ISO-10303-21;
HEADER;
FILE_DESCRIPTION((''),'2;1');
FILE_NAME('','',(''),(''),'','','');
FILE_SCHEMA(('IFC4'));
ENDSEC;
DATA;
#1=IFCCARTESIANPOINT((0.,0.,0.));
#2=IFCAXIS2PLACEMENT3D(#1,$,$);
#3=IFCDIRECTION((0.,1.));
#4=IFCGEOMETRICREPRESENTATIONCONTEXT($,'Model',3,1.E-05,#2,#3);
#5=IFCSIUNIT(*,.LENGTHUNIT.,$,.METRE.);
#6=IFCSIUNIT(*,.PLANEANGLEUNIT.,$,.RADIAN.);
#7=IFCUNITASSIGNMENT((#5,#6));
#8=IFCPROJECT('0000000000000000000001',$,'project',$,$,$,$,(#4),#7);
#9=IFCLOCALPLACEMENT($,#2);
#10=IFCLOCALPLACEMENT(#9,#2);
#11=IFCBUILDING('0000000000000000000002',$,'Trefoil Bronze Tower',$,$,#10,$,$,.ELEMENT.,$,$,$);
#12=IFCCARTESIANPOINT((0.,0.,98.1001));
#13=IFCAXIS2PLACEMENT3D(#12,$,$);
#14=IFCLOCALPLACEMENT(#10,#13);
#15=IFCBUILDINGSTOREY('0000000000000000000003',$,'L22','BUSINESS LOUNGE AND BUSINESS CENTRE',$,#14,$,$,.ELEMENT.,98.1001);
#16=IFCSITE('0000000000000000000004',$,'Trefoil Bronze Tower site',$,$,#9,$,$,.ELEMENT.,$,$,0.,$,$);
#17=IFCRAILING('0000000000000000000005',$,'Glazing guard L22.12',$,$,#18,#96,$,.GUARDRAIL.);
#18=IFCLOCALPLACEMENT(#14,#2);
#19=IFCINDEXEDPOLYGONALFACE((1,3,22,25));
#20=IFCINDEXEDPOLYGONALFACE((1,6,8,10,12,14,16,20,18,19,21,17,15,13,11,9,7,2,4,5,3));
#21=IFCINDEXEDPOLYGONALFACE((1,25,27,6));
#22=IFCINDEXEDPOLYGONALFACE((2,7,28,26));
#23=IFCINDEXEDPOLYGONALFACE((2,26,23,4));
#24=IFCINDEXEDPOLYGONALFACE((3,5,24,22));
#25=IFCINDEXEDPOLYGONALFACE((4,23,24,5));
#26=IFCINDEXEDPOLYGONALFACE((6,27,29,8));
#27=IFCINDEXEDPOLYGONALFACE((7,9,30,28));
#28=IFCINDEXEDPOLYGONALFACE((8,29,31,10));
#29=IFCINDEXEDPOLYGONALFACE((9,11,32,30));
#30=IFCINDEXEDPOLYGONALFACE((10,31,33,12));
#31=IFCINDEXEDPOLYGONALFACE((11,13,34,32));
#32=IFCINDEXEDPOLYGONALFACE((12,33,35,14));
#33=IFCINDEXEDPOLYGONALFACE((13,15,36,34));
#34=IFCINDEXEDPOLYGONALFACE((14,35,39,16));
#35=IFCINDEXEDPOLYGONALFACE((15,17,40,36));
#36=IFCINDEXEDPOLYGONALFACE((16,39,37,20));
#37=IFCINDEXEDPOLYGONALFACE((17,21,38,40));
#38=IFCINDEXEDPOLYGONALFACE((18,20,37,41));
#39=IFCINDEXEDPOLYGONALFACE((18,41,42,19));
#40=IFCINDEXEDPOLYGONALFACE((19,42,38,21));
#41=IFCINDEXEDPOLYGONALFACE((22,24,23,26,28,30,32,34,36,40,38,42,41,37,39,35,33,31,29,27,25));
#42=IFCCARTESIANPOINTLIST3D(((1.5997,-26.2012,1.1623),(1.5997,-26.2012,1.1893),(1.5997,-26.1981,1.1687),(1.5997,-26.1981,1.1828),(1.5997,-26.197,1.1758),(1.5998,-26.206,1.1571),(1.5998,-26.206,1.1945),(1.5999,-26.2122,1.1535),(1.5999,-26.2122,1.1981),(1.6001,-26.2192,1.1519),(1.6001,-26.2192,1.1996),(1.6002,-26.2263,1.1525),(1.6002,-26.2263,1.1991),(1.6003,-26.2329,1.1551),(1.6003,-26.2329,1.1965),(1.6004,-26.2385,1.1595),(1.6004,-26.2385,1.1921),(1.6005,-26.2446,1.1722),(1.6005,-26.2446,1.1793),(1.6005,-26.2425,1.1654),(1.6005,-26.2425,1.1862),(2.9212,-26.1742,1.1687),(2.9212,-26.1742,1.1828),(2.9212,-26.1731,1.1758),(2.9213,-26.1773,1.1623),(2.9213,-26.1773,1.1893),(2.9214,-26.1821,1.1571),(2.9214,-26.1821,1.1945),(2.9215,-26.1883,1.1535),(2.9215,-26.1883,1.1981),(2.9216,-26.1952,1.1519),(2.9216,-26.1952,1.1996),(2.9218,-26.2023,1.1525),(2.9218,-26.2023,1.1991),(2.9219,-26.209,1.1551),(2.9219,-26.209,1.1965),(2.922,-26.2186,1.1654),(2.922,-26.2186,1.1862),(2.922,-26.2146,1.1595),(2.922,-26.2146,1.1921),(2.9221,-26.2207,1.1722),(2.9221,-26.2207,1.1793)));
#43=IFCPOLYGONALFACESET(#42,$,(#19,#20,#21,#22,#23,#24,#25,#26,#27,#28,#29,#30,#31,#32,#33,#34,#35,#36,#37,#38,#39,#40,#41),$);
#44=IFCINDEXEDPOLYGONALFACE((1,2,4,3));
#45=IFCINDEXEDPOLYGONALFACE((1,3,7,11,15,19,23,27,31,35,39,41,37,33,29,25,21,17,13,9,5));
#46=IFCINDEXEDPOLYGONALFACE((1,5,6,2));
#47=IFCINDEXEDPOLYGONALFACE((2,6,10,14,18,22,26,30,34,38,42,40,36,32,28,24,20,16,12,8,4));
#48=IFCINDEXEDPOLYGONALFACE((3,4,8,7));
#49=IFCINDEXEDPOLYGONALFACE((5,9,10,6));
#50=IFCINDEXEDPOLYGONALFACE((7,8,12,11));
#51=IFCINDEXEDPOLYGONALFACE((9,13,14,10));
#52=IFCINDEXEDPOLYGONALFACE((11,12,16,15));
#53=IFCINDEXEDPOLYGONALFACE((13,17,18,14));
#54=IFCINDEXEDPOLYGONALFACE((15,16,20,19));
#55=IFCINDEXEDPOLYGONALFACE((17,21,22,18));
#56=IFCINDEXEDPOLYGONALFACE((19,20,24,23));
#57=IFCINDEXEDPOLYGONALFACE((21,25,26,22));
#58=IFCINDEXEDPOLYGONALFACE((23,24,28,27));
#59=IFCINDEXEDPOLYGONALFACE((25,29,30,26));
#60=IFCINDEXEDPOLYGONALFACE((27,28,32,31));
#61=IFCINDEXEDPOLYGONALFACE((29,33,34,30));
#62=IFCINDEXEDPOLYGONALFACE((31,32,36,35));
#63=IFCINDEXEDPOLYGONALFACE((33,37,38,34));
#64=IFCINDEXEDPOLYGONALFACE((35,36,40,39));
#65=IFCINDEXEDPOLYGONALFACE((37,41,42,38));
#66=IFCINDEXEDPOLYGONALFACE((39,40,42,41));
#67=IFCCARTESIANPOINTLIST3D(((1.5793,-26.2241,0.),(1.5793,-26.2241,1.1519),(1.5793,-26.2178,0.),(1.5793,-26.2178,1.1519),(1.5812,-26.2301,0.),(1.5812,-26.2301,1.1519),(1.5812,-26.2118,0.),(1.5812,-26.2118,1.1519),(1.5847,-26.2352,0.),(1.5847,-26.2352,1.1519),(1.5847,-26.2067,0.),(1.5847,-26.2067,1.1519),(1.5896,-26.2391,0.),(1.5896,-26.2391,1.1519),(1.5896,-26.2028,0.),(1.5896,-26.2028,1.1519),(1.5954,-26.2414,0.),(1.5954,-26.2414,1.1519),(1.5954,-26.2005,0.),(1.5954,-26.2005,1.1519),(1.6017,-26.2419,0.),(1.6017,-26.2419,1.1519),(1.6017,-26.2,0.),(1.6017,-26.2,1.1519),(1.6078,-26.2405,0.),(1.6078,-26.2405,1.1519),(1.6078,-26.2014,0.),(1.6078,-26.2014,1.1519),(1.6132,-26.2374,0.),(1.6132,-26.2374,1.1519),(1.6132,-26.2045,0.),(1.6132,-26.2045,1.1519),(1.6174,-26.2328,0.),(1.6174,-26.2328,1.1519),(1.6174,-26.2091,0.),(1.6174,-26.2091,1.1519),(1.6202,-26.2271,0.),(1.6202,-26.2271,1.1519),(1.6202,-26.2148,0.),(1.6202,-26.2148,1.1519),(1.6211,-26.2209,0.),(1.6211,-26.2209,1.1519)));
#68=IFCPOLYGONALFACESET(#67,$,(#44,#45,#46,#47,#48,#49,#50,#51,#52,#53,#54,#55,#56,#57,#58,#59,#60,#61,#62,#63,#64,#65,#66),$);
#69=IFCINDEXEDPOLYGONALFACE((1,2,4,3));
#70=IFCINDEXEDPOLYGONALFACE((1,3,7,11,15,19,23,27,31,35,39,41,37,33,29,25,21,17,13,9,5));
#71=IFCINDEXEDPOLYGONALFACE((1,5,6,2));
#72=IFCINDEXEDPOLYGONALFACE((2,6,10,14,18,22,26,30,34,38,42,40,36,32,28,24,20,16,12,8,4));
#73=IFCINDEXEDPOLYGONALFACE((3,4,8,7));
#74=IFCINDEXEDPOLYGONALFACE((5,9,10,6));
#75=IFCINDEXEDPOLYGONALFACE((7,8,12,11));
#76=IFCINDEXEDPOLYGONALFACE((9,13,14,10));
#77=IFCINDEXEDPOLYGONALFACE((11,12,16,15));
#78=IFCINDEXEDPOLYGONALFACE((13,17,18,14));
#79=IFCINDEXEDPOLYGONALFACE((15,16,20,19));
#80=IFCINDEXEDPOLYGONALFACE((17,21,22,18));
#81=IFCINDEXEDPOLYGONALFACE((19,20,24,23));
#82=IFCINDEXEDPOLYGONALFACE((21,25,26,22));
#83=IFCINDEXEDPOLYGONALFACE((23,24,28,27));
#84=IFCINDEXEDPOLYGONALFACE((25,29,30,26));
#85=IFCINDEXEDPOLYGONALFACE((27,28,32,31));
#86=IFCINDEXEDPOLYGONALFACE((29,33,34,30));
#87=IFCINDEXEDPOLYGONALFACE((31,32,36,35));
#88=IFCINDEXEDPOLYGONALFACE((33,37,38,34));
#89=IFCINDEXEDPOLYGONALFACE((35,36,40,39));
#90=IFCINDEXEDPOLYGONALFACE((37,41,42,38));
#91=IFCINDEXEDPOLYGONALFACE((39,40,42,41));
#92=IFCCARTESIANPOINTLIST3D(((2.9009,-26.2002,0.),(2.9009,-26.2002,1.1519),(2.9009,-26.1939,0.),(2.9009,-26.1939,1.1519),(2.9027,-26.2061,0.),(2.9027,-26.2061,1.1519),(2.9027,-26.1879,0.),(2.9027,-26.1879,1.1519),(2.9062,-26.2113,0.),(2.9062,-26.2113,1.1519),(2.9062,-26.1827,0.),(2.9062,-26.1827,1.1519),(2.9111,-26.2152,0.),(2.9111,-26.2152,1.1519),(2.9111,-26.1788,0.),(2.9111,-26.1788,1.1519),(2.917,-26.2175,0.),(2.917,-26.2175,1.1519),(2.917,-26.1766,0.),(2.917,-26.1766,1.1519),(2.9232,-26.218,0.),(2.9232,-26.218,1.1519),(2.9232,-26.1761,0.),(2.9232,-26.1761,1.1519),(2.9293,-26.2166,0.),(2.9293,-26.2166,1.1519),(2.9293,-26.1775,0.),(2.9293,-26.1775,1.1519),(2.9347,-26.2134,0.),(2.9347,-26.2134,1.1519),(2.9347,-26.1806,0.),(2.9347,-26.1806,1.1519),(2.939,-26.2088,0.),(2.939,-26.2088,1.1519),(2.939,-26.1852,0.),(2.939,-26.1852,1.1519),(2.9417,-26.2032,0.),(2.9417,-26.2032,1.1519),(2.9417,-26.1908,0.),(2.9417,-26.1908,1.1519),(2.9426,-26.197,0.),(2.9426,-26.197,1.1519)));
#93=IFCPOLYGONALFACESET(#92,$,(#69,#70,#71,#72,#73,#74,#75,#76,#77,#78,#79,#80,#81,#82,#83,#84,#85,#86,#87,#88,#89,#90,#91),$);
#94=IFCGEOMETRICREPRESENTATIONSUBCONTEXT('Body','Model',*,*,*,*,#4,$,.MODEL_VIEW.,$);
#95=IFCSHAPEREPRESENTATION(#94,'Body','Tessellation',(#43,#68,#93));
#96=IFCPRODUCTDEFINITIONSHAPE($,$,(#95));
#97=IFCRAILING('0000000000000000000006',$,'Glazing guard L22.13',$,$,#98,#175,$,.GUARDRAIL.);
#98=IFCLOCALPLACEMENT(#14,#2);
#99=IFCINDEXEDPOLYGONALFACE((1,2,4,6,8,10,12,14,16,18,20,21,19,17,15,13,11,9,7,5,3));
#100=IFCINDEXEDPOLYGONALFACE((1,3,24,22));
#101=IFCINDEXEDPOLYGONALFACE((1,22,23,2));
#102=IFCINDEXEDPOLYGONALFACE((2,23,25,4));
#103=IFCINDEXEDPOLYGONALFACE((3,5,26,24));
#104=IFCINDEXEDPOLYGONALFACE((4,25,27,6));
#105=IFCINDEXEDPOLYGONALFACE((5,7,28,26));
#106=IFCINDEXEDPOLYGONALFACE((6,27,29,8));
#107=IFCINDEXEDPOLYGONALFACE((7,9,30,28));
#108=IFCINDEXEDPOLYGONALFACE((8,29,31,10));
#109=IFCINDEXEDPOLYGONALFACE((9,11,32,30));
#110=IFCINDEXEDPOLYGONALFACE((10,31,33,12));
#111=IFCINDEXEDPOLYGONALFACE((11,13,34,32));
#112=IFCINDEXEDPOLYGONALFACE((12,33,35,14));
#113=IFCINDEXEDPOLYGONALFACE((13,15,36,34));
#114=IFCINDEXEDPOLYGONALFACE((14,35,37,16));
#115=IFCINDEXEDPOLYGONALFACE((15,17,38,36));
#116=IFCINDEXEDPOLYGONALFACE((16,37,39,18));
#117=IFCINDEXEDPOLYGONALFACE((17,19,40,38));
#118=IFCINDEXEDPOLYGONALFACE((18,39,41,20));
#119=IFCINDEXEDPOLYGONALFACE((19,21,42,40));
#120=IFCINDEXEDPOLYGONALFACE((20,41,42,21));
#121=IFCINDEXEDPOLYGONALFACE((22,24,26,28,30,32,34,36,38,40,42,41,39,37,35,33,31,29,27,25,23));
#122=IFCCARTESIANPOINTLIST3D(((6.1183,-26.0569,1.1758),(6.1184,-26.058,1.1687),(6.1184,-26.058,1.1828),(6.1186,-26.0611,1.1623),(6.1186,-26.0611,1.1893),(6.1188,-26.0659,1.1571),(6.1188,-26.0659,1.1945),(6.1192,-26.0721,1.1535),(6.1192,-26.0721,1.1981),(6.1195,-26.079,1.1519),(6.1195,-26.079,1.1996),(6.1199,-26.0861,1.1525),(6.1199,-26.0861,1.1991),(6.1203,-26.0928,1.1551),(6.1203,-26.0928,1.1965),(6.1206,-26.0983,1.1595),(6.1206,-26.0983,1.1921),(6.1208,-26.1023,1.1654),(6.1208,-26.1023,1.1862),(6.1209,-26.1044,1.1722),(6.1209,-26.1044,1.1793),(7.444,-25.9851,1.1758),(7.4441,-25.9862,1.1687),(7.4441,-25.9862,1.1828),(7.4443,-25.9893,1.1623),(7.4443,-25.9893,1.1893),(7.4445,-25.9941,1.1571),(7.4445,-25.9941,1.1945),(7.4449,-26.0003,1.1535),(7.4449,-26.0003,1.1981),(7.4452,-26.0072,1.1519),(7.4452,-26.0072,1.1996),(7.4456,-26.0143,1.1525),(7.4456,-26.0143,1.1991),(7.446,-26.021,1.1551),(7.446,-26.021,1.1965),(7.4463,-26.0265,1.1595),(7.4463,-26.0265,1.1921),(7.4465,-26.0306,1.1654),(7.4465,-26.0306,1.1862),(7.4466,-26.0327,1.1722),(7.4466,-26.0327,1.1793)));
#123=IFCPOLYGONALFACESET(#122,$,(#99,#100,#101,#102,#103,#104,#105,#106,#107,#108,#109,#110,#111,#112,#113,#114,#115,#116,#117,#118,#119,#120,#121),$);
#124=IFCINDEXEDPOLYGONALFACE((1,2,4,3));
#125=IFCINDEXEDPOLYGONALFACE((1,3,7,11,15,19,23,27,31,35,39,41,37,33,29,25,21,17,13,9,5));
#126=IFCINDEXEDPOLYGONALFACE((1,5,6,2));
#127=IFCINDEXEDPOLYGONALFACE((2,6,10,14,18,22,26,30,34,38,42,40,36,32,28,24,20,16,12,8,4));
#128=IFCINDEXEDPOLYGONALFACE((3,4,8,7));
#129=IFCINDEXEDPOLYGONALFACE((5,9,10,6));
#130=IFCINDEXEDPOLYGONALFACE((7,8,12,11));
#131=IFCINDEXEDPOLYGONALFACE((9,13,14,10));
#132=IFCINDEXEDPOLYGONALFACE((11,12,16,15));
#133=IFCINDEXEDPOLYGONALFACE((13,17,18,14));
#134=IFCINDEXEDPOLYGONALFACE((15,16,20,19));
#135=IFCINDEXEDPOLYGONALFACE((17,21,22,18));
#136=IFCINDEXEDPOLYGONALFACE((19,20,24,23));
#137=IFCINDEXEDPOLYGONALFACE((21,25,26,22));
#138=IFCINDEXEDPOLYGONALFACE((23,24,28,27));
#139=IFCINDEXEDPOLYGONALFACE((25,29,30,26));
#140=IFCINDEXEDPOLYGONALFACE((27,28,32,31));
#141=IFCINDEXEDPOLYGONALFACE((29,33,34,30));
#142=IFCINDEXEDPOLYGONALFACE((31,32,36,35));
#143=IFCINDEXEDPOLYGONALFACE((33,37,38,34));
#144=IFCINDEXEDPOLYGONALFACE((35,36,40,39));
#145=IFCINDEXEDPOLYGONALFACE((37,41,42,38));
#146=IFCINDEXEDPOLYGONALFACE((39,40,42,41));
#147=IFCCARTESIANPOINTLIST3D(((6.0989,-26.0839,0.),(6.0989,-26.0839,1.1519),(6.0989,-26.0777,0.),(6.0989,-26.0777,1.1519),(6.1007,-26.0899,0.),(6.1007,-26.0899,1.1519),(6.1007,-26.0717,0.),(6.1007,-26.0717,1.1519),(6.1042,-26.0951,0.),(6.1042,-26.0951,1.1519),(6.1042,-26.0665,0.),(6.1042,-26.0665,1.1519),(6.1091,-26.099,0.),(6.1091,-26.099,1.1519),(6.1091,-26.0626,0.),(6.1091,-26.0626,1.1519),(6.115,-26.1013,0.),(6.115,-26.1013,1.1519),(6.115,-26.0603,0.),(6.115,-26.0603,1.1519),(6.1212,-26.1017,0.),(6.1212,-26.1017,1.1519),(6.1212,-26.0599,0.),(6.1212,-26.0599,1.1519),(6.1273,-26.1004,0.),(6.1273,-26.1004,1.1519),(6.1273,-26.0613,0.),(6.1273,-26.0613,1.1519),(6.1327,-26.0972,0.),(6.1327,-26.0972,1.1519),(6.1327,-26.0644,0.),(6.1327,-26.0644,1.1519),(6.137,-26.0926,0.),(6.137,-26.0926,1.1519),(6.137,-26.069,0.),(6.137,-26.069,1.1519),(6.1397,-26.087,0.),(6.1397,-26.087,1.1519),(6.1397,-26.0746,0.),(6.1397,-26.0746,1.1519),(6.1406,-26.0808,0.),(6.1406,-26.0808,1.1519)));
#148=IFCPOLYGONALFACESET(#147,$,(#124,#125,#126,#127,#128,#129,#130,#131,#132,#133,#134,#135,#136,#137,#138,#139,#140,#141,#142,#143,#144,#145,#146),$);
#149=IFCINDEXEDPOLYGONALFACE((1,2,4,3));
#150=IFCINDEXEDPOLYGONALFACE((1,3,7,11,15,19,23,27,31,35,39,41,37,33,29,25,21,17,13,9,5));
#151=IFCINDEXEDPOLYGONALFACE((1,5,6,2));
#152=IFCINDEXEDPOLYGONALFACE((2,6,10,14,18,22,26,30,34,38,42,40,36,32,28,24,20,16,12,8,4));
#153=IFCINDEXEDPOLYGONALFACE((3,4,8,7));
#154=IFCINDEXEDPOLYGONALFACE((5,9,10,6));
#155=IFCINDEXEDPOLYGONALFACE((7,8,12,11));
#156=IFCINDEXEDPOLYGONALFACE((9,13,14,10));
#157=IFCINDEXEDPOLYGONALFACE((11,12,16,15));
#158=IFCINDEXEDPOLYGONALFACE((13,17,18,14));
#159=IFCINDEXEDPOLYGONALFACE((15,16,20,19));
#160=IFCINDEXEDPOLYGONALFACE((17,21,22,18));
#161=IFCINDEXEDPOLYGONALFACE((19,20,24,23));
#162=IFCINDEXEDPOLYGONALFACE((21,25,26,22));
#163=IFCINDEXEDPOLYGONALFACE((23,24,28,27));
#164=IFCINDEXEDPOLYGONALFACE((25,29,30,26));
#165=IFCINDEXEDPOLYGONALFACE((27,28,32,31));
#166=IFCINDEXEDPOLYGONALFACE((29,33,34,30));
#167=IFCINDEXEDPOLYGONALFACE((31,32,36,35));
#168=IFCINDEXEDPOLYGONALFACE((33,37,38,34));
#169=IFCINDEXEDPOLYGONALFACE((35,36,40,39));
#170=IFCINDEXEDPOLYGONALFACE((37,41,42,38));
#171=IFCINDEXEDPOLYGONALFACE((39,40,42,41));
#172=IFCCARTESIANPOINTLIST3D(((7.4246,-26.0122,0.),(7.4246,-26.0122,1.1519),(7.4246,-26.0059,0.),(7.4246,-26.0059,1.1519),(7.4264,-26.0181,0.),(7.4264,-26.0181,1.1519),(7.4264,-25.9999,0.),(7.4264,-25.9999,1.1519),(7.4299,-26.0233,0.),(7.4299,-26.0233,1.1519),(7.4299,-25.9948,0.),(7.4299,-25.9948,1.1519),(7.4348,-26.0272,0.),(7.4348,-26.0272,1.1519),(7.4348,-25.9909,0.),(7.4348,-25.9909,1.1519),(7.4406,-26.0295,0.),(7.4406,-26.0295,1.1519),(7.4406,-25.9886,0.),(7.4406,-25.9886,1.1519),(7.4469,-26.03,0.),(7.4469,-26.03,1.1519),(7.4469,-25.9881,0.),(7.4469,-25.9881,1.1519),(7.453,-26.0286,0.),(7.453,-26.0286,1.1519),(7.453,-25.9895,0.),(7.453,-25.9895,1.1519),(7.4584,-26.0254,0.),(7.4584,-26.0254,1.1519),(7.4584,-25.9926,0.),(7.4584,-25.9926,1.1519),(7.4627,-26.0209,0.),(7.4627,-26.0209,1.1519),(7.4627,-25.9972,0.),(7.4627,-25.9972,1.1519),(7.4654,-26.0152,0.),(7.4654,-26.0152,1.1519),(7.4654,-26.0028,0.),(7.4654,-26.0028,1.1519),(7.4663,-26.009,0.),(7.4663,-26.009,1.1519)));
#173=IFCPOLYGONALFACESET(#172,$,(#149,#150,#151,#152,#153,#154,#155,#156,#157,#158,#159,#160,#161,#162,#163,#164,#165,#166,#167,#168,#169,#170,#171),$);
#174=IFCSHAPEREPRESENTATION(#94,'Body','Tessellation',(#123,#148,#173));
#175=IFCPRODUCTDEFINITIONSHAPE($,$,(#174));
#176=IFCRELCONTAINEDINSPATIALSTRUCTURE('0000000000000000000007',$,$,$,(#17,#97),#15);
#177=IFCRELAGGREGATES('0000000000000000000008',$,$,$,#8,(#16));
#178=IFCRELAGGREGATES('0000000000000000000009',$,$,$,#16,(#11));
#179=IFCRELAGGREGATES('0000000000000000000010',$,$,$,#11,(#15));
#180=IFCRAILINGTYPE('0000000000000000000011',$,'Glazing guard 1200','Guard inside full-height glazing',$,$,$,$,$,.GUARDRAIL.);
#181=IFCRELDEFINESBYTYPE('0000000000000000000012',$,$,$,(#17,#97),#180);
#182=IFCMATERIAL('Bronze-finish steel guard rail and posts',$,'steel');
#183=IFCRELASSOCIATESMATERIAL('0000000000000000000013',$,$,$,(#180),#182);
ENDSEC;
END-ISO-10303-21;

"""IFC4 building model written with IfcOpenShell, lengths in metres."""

from ifc_helpers import new_model, si_unit, direction, frame, origin, origin_2d, place, context, subcontext, project, spatial, circle, extrude, material, type_object, element, save


model = new_model("IFC4")

# Units and contexts
model_context = context("Model", 3, precision=1e-05, world=origin(), true_north=direction((0.0, 1.0)))
body_context = subcontext(model_context, "Body", "Model", "MODEL_VIEW")
ifc_project = project(units=[si_unit("LENGTHUNIT", "METRE"), si_unit("PLANEANGLEUNIT", "RADIAN")], contexts=[model_context])

# Site, building, storey
site_placement = place(None, origin())
site = spatial("IfcSite", under=ifc_project, at=site_placement, Name="Trefoil Bronze Tower site", CompositionType="ELEMENT", RefElevation=0.0)
building_placement = place(site_placement, origin())
building = spatial("IfcBuilding", under=site, at=building_placement, Name="Trefoil Bronze Tower", CompositionType="ELEMENT")
storey_placement = place(building_placement, frame((0.0, 0.0, 98.1001)))
storey = spatial("IfcBuildingStorey", under=building, at=storey_placement, Name="L22", Description="BUSINESS LOUNGE AND BUSINESS CENTRE", CompositionType="ELEMENT", Elevation=98.1001)

# Railings
ifc_material_1 = material(Name="Bronze-finish steel guard rail and posts", Category="steel")
railing_type = type_object("IfcRailingType", Name="Glazing guard 1200", Description="Guard inside full-height glazing", PredefinedType="GUARDRAIL", material=ifc_material_1)
railing_1_placement = place(storey_placement, frame((1.6001, -26.2209, 0.0)))
element("IfcRailing", 1, at=railing_1_placement, inside=storey, type_object=railing_type, Name="Glazing guard L22.12", PredefinedType="GUARDRAIL", context=body_context, shape_type="SweptSolid", body=[
    extrude(circle(Radius=0.0239, at=origin_2d()), frame((0.0, 0.0, 1.1758), z_axis=(0.999836, 0.018102, 0.0), x_axis=(-0.018102, 0.999836, 0.0)), (0.0, 0.0, 1.0), 1.3218),
    extrude(circle(Radius=0.021, at=origin_2d()), origin(), (0.0, 0.0, 1.0), 1.1519),
    extrude(circle(Radius=0.021, at=origin_2d()), frame((1.3215, 0.0239, 0.0)), (0.0, 0.0, 1.0), 1.1519),
])
railing_2_placement = place(storey_placement, frame((6.1196, -26.0808, 0.0)))
element("IfcRailing", 2, at=railing_2_placement, inside=storey, type_object=railing_type, Name="Glazing guard L22.13", PredefinedType="GUARDRAIL", context=body_context, shape_type="SweptSolid", body=[
    extrude(circle(Radius=0.0239, at=origin_2d()), frame((0.0, 0.0, 1.1758), z_axis=(0.998537, 0.054064, 0.0), x_axis=(-0.054064, 0.998537, 0.0)), (0.0, 0.0, 1.0), 1.3276),
    extrude(circle(Radius=0.021, at=origin_2d()), origin(), (0.0, 0.0, 1.0), 1.1519),
    extrude(circle(Radius=0.021, at=origin_2d()), frame((1.3257, 0.0718, 0.0)), (0.0, 0.0, 1.0), 1.1519),
])

save(model, "model.ifc")
